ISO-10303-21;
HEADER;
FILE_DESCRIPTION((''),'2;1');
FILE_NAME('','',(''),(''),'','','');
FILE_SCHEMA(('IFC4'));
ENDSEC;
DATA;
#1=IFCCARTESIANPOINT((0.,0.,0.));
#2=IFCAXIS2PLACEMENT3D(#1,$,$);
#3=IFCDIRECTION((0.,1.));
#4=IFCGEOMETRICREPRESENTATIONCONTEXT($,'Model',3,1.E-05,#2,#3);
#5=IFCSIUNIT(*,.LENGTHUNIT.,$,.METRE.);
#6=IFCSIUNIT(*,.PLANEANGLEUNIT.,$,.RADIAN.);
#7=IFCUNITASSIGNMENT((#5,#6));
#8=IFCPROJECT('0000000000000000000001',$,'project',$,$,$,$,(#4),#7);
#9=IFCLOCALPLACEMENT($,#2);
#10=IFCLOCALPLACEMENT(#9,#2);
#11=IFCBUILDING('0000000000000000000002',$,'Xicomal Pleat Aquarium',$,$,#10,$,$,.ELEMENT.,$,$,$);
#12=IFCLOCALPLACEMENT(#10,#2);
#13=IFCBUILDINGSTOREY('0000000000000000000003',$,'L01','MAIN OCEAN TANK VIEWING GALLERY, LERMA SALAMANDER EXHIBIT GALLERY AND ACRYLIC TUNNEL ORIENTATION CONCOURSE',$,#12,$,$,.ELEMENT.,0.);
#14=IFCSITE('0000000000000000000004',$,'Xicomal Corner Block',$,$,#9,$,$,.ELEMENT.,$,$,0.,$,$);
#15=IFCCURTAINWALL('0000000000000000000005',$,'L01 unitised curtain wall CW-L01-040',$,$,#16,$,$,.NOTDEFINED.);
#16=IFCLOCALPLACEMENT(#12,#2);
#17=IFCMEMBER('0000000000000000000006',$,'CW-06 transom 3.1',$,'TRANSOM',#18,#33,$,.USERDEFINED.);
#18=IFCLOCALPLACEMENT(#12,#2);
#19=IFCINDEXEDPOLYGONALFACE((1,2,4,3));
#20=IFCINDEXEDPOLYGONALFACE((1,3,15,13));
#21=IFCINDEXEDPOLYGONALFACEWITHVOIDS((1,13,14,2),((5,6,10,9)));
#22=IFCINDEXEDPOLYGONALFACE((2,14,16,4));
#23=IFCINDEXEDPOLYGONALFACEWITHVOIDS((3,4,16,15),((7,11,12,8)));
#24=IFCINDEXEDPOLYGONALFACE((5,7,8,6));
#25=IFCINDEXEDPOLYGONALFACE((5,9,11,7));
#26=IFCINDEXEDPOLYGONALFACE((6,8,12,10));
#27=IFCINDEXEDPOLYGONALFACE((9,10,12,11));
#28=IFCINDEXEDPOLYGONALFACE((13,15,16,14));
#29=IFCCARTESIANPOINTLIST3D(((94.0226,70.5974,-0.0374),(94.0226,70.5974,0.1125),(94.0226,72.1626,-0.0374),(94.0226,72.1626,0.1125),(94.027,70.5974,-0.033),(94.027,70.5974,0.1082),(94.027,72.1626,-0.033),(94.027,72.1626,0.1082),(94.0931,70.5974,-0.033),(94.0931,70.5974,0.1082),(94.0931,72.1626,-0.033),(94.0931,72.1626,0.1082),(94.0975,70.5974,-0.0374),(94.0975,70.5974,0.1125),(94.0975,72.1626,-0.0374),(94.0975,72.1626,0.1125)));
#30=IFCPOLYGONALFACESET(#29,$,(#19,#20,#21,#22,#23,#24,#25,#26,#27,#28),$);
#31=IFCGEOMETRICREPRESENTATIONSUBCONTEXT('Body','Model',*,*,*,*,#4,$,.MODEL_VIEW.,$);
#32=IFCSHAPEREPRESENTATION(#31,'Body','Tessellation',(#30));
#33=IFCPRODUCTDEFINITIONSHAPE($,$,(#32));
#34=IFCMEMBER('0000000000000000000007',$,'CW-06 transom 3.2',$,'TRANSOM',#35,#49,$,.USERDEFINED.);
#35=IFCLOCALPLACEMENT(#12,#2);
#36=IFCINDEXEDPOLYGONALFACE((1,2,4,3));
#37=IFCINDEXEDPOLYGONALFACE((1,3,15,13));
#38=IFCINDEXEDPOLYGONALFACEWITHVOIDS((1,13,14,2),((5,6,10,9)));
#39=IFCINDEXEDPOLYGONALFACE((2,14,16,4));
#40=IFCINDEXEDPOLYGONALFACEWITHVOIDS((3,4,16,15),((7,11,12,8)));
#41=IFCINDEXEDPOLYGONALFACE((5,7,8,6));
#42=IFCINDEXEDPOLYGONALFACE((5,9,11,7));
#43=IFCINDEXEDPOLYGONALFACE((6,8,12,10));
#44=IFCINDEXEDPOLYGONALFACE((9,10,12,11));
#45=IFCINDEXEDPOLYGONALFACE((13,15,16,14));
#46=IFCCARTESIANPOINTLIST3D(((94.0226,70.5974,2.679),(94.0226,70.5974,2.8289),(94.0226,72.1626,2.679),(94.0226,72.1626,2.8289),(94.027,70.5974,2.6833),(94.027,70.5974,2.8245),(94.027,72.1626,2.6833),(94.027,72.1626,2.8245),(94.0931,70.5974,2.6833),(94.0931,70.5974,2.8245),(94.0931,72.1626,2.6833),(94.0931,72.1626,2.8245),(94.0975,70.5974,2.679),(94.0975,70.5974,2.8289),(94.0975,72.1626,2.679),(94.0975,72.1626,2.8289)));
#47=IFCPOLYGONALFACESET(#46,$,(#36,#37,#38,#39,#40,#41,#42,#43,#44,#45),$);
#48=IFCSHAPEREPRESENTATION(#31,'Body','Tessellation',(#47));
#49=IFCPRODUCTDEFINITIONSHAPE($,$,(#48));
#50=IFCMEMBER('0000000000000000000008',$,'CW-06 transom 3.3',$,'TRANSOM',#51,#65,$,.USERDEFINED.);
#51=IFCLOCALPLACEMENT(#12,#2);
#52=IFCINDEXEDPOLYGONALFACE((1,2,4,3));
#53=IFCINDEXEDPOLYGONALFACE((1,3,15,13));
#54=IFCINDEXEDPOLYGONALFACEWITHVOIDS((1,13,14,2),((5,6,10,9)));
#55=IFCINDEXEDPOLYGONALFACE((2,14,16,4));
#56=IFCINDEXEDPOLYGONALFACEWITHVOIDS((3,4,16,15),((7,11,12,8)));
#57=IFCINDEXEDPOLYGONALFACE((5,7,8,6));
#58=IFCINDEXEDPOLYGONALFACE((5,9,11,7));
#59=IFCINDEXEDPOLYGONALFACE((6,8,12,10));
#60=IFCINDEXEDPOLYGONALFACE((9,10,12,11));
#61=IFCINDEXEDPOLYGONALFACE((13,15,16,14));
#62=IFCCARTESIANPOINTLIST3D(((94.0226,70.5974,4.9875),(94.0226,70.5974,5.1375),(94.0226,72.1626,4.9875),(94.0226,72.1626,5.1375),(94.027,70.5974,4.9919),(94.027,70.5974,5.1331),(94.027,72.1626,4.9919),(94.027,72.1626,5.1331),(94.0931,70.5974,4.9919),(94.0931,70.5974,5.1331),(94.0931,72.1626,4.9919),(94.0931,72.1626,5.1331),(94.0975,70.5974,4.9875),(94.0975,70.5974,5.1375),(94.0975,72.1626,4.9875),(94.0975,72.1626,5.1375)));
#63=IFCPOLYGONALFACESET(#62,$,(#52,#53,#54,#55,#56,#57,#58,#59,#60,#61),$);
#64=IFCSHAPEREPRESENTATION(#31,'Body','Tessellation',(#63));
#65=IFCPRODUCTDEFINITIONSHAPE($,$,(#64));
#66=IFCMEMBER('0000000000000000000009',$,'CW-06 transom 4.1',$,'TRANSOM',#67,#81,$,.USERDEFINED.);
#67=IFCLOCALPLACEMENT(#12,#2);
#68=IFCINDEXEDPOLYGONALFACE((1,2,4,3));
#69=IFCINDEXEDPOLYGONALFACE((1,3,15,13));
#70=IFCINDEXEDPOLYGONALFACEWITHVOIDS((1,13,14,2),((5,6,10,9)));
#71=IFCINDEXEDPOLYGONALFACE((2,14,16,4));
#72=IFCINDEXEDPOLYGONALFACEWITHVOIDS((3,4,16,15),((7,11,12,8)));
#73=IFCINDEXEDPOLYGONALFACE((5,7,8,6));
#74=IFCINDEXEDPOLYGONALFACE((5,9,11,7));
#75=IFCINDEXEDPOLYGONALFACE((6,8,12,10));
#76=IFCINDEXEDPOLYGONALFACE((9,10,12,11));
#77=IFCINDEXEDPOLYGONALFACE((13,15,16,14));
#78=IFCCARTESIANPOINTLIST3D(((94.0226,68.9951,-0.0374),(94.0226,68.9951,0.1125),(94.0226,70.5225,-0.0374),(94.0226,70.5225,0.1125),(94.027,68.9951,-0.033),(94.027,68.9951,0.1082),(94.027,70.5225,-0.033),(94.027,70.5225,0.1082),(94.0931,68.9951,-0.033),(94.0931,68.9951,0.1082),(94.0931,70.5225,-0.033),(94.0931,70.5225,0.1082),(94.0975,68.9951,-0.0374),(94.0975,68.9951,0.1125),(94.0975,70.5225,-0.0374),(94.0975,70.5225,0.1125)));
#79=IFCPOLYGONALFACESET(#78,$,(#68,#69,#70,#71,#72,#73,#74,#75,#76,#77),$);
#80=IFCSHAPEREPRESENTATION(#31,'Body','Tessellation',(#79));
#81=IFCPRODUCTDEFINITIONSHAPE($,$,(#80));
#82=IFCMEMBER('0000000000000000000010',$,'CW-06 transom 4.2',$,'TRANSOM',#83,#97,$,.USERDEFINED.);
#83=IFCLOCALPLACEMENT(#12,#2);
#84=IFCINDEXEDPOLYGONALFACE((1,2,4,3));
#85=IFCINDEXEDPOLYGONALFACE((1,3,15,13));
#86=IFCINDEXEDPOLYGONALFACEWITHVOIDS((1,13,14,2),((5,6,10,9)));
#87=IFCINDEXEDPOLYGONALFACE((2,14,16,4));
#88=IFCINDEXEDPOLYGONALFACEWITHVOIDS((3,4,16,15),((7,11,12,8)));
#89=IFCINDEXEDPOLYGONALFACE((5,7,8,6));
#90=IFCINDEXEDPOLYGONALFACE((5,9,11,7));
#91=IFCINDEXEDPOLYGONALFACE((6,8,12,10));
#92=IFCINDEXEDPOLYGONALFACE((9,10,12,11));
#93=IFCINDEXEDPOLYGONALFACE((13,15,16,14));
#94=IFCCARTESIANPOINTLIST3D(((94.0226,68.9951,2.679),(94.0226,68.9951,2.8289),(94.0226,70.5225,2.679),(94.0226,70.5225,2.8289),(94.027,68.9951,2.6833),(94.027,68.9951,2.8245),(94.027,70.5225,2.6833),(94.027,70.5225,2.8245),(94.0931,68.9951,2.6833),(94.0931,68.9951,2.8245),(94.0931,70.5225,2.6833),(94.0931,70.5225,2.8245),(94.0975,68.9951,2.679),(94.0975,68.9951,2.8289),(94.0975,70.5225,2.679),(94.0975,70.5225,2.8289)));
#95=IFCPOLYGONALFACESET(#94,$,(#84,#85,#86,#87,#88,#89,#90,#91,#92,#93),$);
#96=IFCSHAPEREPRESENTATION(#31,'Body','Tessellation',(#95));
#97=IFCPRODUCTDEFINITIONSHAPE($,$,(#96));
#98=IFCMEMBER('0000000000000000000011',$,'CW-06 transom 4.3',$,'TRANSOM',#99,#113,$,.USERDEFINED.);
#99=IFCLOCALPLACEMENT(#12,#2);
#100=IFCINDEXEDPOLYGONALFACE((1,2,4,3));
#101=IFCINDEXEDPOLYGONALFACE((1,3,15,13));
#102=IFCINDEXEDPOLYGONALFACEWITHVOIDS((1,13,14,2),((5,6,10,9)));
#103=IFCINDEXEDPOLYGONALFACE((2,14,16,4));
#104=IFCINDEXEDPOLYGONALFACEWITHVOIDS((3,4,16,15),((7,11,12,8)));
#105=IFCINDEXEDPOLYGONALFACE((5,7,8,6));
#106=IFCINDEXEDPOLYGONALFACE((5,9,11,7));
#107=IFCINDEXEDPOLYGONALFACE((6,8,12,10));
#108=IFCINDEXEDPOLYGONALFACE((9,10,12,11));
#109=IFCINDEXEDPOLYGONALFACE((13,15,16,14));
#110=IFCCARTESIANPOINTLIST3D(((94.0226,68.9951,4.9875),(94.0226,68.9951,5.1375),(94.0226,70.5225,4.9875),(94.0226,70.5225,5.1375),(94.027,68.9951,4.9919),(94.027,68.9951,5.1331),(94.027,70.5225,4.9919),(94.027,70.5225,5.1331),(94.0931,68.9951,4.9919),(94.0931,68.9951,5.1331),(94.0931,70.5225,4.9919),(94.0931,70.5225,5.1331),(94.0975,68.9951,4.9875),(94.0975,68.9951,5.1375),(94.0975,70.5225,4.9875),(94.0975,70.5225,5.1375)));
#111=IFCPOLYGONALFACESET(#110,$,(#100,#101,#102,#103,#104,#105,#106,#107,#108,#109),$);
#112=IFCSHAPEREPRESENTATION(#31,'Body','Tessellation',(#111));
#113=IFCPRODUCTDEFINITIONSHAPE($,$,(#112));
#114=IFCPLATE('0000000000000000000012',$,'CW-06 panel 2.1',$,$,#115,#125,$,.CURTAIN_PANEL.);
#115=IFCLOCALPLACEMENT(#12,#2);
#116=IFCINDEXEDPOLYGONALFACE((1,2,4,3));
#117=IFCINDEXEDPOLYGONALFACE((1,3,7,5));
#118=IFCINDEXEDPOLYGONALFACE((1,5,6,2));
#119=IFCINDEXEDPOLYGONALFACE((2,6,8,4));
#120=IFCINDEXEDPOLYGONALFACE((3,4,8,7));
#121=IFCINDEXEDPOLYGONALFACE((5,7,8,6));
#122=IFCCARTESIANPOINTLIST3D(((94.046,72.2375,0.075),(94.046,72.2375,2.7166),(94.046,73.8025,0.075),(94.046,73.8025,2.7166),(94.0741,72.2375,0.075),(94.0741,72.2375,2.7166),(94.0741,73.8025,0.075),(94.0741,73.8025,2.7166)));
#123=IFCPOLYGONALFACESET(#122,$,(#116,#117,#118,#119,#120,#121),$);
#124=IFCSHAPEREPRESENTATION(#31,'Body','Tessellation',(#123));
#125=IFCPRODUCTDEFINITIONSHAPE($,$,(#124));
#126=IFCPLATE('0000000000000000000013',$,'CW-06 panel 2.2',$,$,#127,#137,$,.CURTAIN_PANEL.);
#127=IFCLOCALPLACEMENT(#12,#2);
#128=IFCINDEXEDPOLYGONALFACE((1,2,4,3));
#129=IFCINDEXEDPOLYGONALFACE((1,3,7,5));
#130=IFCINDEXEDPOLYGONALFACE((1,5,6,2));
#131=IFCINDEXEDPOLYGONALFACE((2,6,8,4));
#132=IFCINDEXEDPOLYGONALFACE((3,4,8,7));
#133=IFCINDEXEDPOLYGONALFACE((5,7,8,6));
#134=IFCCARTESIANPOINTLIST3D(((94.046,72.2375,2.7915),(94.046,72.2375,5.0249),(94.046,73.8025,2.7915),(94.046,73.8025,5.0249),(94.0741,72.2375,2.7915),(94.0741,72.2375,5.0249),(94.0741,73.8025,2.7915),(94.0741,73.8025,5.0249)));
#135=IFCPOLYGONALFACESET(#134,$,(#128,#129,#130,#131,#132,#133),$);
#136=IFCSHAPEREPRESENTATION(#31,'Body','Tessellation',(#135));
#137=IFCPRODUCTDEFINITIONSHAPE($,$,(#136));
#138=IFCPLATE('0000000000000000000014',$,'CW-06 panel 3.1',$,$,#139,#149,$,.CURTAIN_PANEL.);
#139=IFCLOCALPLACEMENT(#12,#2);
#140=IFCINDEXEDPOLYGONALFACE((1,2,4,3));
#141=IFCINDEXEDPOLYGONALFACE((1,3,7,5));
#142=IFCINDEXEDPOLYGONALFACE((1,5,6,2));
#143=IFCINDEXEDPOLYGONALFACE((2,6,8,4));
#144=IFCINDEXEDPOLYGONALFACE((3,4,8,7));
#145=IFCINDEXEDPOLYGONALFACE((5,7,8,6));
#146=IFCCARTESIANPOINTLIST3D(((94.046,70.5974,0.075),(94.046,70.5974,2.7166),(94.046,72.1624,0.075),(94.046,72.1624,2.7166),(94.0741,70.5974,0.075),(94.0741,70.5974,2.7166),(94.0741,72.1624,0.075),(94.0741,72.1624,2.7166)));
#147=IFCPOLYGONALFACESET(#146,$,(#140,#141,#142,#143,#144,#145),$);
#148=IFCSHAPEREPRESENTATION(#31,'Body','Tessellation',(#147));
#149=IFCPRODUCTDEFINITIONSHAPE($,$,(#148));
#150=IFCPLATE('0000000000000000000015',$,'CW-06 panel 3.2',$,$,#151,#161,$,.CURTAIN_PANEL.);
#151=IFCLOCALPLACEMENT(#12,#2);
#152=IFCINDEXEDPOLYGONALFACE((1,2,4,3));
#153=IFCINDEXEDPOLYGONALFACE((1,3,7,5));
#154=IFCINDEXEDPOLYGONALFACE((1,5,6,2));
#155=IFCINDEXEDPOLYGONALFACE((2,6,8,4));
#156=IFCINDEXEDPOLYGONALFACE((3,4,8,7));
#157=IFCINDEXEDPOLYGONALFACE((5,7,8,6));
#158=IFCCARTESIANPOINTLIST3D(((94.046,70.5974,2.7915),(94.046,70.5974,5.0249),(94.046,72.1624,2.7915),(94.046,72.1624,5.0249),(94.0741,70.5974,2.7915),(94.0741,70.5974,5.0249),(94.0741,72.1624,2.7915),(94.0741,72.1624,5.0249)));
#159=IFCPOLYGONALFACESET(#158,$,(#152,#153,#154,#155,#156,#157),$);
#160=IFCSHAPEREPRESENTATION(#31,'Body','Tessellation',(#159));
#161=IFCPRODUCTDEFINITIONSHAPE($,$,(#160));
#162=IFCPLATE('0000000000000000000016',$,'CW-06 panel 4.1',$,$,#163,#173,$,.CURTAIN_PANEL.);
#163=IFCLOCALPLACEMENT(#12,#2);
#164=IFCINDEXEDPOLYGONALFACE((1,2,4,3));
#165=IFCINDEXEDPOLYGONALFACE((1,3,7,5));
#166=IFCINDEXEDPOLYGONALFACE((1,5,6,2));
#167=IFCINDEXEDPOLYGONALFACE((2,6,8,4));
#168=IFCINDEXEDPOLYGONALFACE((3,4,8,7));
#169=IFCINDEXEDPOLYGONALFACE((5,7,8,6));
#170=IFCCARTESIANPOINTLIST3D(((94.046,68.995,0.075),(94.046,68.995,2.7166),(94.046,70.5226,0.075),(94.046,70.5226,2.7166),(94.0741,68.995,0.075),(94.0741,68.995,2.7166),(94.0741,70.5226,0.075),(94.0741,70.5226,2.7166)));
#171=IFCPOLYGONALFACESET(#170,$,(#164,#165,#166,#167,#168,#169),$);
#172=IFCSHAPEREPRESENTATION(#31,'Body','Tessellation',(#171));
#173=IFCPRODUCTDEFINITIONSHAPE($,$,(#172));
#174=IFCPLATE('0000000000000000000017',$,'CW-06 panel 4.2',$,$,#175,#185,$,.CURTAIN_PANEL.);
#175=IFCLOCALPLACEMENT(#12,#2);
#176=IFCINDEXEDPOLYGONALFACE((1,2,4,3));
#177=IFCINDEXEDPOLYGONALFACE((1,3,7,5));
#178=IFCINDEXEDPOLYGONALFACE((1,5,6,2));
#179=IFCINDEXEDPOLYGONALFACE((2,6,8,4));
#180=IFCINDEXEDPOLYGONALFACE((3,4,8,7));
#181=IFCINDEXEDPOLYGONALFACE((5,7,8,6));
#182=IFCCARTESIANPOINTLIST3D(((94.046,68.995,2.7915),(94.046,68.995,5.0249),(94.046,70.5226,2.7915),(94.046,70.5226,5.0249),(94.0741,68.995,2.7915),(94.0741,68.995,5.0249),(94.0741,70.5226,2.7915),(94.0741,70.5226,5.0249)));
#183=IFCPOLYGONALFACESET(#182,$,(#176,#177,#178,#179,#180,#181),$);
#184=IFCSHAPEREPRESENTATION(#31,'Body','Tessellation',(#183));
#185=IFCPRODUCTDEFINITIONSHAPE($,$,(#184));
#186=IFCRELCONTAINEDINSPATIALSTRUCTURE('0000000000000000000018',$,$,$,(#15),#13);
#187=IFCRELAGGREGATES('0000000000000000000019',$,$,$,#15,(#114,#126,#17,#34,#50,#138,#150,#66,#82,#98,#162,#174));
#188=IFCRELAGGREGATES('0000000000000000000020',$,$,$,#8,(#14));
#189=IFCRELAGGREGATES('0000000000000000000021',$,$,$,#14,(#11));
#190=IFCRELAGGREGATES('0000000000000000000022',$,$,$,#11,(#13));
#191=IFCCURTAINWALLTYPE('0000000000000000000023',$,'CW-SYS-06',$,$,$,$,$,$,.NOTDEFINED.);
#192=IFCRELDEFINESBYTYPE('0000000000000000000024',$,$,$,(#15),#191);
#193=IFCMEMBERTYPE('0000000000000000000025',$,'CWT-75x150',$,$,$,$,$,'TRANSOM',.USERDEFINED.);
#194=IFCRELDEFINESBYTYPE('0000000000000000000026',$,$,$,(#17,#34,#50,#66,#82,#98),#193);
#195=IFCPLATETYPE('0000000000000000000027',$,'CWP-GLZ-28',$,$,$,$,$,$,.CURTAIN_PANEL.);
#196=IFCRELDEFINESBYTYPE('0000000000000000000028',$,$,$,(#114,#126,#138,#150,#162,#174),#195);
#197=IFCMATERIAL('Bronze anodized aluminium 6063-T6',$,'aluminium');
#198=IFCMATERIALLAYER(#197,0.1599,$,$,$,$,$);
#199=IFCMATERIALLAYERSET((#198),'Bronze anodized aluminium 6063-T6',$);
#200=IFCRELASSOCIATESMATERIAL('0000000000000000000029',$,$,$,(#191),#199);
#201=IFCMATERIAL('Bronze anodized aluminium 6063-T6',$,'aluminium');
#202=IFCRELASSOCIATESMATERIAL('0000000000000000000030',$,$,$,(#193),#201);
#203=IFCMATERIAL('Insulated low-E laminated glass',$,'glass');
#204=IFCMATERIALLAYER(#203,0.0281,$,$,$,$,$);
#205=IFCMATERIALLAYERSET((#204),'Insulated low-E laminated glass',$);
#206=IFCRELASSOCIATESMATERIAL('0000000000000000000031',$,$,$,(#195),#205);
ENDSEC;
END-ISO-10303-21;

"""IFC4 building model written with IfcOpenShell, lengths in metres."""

from ifc_helpers import new_model, si_unit, direction, frame, origin, origin_2d, place, context, subcontext, project, spatial, rectangle, hollow_rectangle, extrude, material, layer, layer_set, material_profile, profile_set, type_object, element, aggregate, save


model = new_model("IFC4")

# Units and contexts
model_context = context("Model", 3, precision=1e-05, world=origin(), true_north=direction((0.0, 1.0)))
body_context = subcontext(model_context, "Body", "Model", "MODEL_VIEW")
ifc_project = project(units=[si_unit("LENGTHUNIT", "METRE"), si_unit("PLANEANGLEUNIT", "RADIAN")], contexts=[model_context])

# Site, building, storey
site_placement = place(None, origin())
site = spatial("IfcSite", under=ifc_project, at=site_placement, Name="Xicomal Corner Block", CompositionType="ELEMENT", RefElevation=0.0)
building_placement = place(site_placement, origin())
building = spatial("IfcBuilding", under=site, at=building_placement, Name="Xicomal Pleat Aquarium", CompositionType="ELEMENT")
storey_placement = place(building_placement, origin())
storey = spatial("IfcBuildingStorey", under=building, at=storey_placement, Name="L01", Description="MAIN OCEAN TANK VIEWING GALLERY, LERMA SALAMANDER EXHIBIT GALLERY AND ACRYLIC TUNNEL ORIENTATION CONCOURSE", CompositionType="ELEMENT", Elevation=0.0)

# Curtain wall, members, plates
ifc_material_1 = material(Name="Bronze anodized aluminium 6063-T6", Category="aluminium")
ifc_layer_1 = layer(ifc_material_1, 0.1599)
ifc_layer_set_1 = layer_set([ifc_layer_1], Name="Bronze anodized aluminium 6063-T6")
curtain_wall_type = type_object("IfcCurtainWallType", Name="CW-SYS-06", PredefinedType="NOTDEFINED", material=ifc_layer_set_1)
curtain_wall_placement = place(storey_placement, origin())
curtain_wall = element("IfcCurtainWall", 1, at=curtain_wall_placement, inside=storey, type_object=curtain_wall_type, Name="L01 unitised curtain wall CW-L01-040", PredefinedType="NOTDEFINED")
ifc_material_2 = material(Name="Bronze anodized aluminium 6063-T6", Category="aluminium")
ifc_material_profile_1 = material_profile(ifc_material_2, hollow_rectangle(XDim=0.075, YDim=0.1499, WallThickness=0.0044, at=origin_2d()), Name="ALU TRAN 75x150")
ifc_profile_set_1 = profile_set([ifc_material_profile_1], Name="Bronze anodized aluminium 6063-T6")
member_type_1 = type_object("IfcMemberType", Name="CWT-75x150", ElementType="TRANSOM", PredefinedType="USERDEFINED", material=ifc_profile_set_1)
member_1_placement = place(storey_placement, frame((94.0601, 72.1626, 0.0376), z_axis=(0.0, -1.0, 0.0), x_axis=(1.0, 0.0, 0.0)))
member_1 = element("IfcMember", 2, at=member_1_placement, type_object=member_type_1, Name="CW-06 transom 3.1", ObjectType="TRANSOM", PredefinedType="USERDEFINED", context=body_context, shape_type="SweptSolid", body=[
    extrude(hollow_rectangle(XDim=0.075, YDim=0.1499, WallThickness=0.0044, at=origin_2d()), origin(), (0.0, 0.0, 1.0), 1.5652),
])
member_2_placement = place(storey_placement, frame((94.0601, 72.1626, 2.7539), z_axis=(0.0, -1.0, 0.0), x_axis=(1.0, 0.0, 0.0)))
member_2 = element("IfcMember", 3, at=member_2_placement, type_object=member_type_1, Name="CW-06 transom 3.2", ObjectType="TRANSOM", PredefinedType="USERDEFINED", context=body_context, shape_type="SweptSolid", body=[
    extrude(hollow_rectangle(XDim=0.075, YDim=0.1499, WallThickness=0.0044, at=origin_2d()), origin(), (0.0, 0.0, 1.0), 1.5652),
])
member_3_placement = place(storey_placement, frame((94.0601, 72.1626, 5.0625), z_axis=(0.0, -1.0, 0.0), x_axis=(1.0, 0.0, 0.0)))
member_3 = element("IfcMember", 4, at=member_3_placement, type_object=member_type_1, Name="CW-06 transom 3.3", ObjectType="TRANSOM", PredefinedType="USERDEFINED", context=body_context, shape_type="SweptSolid", body=[
    extrude(hollow_rectangle(XDim=0.075, YDim=0.1499, WallThickness=0.0044, at=origin_2d()), origin(), (0.0, 0.0, 1.0), 1.5652),
])
member_4_placement = place(storey_placement, frame((94.0601, 70.5225, 0.0376), z_axis=(0.0, -1.0, 0.0), x_axis=(1.0, 0.0, 0.0)))
member_4 = element("IfcMember", 5, at=member_4_placement, type_object=member_type_1, Name="CW-06 transom 4.1", ObjectType="TRANSOM", PredefinedType="USERDEFINED", context=body_context, shape_type="SweptSolid", body=[
    extrude(hollow_rectangle(XDim=0.075, YDim=0.1499, WallThickness=0.0044, at=origin_2d()), origin(), (0.0, 0.0, 1.0), 1.5273),
])
member_5_placement = place(storey_placement, frame((94.0601, 70.5225, 2.7539), z_axis=(0.0, -1.0, 0.0), x_axis=(1.0, 0.0, 0.0)))
member_5 = element("IfcMember", 6, at=member_5_placement, type_object=member_type_1, Name="CW-06 transom 4.2", ObjectType="TRANSOM", PredefinedType="USERDEFINED", context=body_context, shape_type="SweptSolid", body=[
    extrude(hollow_rectangle(XDim=0.075, YDim=0.1499, WallThickness=0.0044, at=origin_2d()), origin(), (0.0, 0.0, 1.0), 1.5273),
])
member_6_placement = place(storey_placement, frame((94.0601, 70.5225, 5.0625), z_axis=(0.0, -1.0, 0.0), x_axis=(1.0, 0.0, 0.0)))
member_6 = element("IfcMember", 7, at=member_6_placement, type_object=member_type_1, Name="CW-06 transom 4.3", ObjectType="TRANSOM", PredefinedType="USERDEFINED", context=body_context, shape_type="SweptSolid", body=[
    extrude(hollow_rectangle(XDim=0.075, YDim=0.1499, WallThickness=0.0044, at=origin_2d()), origin(), (0.0, 0.0, 1.0), 1.5273),
])
ifc_material_3 = material(Name="Insulated low-E laminated glass", Category="glass")
ifc_layer_2 = layer(ifc_material_3, 0.0281)
ifc_layer_set_2 = layer_set([ifc_layer_2], Name="Insulated low-E laminated glass")
plate_type = type_object("IfcPlateType", Name="CWP-GLZ-28", PredefinedType="CURTAIN_PANEL", material=ifc_layer_set_2)
plate_1_placement = place(storey_placement, frame((94.0601, 73.02, 0.075), z_axis=(0.0, 0.0, 1.0), x_axis=(0.0, -1.0, 0.0)))
plate_1 = element("IfcPlate", 8, at=plate_1_placement, type_object=plate_type, Name="CW-06 panel 2.1", PredefinedType="CURTAIN_PANEL", context=body_context, shape_type="SweptSolid", body=[
    extrude(rectangle(XDim=1.5649, YDim=0.0281, at=origin_2d()), origin(), (0.0, 0.0, 1.0), 2.6416),
])
plate_2_placement = place(storey_placement, frame((94.0601, 73.02, 2.7915), z_axis=(0.0, 0.0, 1.0), x_axis=(0.0, -1.0, 0.0)))
plate_2 = element("IfcPlate", 9, at=plate_2_placement, type_object=plate_type, Name="CW-06 panel 2.2", PredefinedType="CURTAIN_PANEL", context=body_context, shape_type="SweptSolid", body=[
    extrude(rectangle(XDim=1.5649, YDim=0.0281, at=origin_2d()), origin(), (0.0, 0.0, 1.0), 2.2334),
])
plate_3_placement = place(storey_placement, frame((94.0601, 71.3799, 0.075), z_axis=(0.0, 0.0, 1.0), x_axis=(0.0, -1.0, 0.0)))
plate_3 = element("IfcPlate", 10, at=plate_3_placement, type_object=plate_type, Name="CW-06 panel 3.1", PredefinedType="CURTAIN_PANEL", context=body_context, shape_type="SweptSolid", body=[
    extrude(rectangle(XDim=1.5649, YDim=0.0281, at=origin_2d()), origin(), (0.0, 0.0, 1.0), 2.6416),
])
plate_4_placement = place(storey_placement, frame((94.0601, 71.3799, 2.7915), z_axis=(0.0, 0.0, 1.0), x_axis=(0.0, -1.0, 0.0)))
plate_4 = element("IfcPlate", 11, at=plate_4_placement, type_object=plate_type, Name="CW-06 panel 3.2", PredefinedType="CURTAIN_PANEL", context=body_context, shape_type="SweptSolid", body=[
    extrude(rectangle(XDim=1.5649, YDim=0.0281, at=origin_2d()), origin(), (0.0, 0.0, 1.0), 2.2334),
])
plate_5_placement = place(storey_placement, frame((94.0601, 69.7588, 0.075), z_axis=(0.0, 0.0, 1.0), x_axis=(0.0, -1.0, 0.0)))
plate_5 = element("IfcPlate", 12, at=plate_5_placement, type_object=plate_type, Name="CW-06 panel 4.1", PredefinedType="CURTAIN_PANEL", context=body_context, shape_type="SweptSolid", body=[
    extrude(rectangle(XDim=1.5276, YDim=0.0281, at=origin_2d()), origin(), (0.0, 0.0, 1.0), 2.6416),
])
plate_6_placement = place(storey_placement, frame((94.0601, 69.7588, 2.7915), z_axis=(0.0, 0.0, 1.0), x_axis=(0.0, -1.0, 0.0)))
plate_6 = element("IfcPlate", 13, at=plate_6_placement, type_object=plate_type, Name="CW-06 panel 4.2", PredefinedType="CURTAIN_PANEL", context=body_context, shape_type="SweptSolid", body=[
    extrude(rectangle(XDim=1.5276, YDim=0.0281, at=origin_2d()), origin(), (0.0, 0.0, 1.0), 2.2334),
])
aggregate(curtain_wall, [plate_1, plate_2, member_1, member_2, member_3, plate_3, plate_4, member_4, member_5, member_6, plate_5, plate_6])

save(model, "model.ifc")
